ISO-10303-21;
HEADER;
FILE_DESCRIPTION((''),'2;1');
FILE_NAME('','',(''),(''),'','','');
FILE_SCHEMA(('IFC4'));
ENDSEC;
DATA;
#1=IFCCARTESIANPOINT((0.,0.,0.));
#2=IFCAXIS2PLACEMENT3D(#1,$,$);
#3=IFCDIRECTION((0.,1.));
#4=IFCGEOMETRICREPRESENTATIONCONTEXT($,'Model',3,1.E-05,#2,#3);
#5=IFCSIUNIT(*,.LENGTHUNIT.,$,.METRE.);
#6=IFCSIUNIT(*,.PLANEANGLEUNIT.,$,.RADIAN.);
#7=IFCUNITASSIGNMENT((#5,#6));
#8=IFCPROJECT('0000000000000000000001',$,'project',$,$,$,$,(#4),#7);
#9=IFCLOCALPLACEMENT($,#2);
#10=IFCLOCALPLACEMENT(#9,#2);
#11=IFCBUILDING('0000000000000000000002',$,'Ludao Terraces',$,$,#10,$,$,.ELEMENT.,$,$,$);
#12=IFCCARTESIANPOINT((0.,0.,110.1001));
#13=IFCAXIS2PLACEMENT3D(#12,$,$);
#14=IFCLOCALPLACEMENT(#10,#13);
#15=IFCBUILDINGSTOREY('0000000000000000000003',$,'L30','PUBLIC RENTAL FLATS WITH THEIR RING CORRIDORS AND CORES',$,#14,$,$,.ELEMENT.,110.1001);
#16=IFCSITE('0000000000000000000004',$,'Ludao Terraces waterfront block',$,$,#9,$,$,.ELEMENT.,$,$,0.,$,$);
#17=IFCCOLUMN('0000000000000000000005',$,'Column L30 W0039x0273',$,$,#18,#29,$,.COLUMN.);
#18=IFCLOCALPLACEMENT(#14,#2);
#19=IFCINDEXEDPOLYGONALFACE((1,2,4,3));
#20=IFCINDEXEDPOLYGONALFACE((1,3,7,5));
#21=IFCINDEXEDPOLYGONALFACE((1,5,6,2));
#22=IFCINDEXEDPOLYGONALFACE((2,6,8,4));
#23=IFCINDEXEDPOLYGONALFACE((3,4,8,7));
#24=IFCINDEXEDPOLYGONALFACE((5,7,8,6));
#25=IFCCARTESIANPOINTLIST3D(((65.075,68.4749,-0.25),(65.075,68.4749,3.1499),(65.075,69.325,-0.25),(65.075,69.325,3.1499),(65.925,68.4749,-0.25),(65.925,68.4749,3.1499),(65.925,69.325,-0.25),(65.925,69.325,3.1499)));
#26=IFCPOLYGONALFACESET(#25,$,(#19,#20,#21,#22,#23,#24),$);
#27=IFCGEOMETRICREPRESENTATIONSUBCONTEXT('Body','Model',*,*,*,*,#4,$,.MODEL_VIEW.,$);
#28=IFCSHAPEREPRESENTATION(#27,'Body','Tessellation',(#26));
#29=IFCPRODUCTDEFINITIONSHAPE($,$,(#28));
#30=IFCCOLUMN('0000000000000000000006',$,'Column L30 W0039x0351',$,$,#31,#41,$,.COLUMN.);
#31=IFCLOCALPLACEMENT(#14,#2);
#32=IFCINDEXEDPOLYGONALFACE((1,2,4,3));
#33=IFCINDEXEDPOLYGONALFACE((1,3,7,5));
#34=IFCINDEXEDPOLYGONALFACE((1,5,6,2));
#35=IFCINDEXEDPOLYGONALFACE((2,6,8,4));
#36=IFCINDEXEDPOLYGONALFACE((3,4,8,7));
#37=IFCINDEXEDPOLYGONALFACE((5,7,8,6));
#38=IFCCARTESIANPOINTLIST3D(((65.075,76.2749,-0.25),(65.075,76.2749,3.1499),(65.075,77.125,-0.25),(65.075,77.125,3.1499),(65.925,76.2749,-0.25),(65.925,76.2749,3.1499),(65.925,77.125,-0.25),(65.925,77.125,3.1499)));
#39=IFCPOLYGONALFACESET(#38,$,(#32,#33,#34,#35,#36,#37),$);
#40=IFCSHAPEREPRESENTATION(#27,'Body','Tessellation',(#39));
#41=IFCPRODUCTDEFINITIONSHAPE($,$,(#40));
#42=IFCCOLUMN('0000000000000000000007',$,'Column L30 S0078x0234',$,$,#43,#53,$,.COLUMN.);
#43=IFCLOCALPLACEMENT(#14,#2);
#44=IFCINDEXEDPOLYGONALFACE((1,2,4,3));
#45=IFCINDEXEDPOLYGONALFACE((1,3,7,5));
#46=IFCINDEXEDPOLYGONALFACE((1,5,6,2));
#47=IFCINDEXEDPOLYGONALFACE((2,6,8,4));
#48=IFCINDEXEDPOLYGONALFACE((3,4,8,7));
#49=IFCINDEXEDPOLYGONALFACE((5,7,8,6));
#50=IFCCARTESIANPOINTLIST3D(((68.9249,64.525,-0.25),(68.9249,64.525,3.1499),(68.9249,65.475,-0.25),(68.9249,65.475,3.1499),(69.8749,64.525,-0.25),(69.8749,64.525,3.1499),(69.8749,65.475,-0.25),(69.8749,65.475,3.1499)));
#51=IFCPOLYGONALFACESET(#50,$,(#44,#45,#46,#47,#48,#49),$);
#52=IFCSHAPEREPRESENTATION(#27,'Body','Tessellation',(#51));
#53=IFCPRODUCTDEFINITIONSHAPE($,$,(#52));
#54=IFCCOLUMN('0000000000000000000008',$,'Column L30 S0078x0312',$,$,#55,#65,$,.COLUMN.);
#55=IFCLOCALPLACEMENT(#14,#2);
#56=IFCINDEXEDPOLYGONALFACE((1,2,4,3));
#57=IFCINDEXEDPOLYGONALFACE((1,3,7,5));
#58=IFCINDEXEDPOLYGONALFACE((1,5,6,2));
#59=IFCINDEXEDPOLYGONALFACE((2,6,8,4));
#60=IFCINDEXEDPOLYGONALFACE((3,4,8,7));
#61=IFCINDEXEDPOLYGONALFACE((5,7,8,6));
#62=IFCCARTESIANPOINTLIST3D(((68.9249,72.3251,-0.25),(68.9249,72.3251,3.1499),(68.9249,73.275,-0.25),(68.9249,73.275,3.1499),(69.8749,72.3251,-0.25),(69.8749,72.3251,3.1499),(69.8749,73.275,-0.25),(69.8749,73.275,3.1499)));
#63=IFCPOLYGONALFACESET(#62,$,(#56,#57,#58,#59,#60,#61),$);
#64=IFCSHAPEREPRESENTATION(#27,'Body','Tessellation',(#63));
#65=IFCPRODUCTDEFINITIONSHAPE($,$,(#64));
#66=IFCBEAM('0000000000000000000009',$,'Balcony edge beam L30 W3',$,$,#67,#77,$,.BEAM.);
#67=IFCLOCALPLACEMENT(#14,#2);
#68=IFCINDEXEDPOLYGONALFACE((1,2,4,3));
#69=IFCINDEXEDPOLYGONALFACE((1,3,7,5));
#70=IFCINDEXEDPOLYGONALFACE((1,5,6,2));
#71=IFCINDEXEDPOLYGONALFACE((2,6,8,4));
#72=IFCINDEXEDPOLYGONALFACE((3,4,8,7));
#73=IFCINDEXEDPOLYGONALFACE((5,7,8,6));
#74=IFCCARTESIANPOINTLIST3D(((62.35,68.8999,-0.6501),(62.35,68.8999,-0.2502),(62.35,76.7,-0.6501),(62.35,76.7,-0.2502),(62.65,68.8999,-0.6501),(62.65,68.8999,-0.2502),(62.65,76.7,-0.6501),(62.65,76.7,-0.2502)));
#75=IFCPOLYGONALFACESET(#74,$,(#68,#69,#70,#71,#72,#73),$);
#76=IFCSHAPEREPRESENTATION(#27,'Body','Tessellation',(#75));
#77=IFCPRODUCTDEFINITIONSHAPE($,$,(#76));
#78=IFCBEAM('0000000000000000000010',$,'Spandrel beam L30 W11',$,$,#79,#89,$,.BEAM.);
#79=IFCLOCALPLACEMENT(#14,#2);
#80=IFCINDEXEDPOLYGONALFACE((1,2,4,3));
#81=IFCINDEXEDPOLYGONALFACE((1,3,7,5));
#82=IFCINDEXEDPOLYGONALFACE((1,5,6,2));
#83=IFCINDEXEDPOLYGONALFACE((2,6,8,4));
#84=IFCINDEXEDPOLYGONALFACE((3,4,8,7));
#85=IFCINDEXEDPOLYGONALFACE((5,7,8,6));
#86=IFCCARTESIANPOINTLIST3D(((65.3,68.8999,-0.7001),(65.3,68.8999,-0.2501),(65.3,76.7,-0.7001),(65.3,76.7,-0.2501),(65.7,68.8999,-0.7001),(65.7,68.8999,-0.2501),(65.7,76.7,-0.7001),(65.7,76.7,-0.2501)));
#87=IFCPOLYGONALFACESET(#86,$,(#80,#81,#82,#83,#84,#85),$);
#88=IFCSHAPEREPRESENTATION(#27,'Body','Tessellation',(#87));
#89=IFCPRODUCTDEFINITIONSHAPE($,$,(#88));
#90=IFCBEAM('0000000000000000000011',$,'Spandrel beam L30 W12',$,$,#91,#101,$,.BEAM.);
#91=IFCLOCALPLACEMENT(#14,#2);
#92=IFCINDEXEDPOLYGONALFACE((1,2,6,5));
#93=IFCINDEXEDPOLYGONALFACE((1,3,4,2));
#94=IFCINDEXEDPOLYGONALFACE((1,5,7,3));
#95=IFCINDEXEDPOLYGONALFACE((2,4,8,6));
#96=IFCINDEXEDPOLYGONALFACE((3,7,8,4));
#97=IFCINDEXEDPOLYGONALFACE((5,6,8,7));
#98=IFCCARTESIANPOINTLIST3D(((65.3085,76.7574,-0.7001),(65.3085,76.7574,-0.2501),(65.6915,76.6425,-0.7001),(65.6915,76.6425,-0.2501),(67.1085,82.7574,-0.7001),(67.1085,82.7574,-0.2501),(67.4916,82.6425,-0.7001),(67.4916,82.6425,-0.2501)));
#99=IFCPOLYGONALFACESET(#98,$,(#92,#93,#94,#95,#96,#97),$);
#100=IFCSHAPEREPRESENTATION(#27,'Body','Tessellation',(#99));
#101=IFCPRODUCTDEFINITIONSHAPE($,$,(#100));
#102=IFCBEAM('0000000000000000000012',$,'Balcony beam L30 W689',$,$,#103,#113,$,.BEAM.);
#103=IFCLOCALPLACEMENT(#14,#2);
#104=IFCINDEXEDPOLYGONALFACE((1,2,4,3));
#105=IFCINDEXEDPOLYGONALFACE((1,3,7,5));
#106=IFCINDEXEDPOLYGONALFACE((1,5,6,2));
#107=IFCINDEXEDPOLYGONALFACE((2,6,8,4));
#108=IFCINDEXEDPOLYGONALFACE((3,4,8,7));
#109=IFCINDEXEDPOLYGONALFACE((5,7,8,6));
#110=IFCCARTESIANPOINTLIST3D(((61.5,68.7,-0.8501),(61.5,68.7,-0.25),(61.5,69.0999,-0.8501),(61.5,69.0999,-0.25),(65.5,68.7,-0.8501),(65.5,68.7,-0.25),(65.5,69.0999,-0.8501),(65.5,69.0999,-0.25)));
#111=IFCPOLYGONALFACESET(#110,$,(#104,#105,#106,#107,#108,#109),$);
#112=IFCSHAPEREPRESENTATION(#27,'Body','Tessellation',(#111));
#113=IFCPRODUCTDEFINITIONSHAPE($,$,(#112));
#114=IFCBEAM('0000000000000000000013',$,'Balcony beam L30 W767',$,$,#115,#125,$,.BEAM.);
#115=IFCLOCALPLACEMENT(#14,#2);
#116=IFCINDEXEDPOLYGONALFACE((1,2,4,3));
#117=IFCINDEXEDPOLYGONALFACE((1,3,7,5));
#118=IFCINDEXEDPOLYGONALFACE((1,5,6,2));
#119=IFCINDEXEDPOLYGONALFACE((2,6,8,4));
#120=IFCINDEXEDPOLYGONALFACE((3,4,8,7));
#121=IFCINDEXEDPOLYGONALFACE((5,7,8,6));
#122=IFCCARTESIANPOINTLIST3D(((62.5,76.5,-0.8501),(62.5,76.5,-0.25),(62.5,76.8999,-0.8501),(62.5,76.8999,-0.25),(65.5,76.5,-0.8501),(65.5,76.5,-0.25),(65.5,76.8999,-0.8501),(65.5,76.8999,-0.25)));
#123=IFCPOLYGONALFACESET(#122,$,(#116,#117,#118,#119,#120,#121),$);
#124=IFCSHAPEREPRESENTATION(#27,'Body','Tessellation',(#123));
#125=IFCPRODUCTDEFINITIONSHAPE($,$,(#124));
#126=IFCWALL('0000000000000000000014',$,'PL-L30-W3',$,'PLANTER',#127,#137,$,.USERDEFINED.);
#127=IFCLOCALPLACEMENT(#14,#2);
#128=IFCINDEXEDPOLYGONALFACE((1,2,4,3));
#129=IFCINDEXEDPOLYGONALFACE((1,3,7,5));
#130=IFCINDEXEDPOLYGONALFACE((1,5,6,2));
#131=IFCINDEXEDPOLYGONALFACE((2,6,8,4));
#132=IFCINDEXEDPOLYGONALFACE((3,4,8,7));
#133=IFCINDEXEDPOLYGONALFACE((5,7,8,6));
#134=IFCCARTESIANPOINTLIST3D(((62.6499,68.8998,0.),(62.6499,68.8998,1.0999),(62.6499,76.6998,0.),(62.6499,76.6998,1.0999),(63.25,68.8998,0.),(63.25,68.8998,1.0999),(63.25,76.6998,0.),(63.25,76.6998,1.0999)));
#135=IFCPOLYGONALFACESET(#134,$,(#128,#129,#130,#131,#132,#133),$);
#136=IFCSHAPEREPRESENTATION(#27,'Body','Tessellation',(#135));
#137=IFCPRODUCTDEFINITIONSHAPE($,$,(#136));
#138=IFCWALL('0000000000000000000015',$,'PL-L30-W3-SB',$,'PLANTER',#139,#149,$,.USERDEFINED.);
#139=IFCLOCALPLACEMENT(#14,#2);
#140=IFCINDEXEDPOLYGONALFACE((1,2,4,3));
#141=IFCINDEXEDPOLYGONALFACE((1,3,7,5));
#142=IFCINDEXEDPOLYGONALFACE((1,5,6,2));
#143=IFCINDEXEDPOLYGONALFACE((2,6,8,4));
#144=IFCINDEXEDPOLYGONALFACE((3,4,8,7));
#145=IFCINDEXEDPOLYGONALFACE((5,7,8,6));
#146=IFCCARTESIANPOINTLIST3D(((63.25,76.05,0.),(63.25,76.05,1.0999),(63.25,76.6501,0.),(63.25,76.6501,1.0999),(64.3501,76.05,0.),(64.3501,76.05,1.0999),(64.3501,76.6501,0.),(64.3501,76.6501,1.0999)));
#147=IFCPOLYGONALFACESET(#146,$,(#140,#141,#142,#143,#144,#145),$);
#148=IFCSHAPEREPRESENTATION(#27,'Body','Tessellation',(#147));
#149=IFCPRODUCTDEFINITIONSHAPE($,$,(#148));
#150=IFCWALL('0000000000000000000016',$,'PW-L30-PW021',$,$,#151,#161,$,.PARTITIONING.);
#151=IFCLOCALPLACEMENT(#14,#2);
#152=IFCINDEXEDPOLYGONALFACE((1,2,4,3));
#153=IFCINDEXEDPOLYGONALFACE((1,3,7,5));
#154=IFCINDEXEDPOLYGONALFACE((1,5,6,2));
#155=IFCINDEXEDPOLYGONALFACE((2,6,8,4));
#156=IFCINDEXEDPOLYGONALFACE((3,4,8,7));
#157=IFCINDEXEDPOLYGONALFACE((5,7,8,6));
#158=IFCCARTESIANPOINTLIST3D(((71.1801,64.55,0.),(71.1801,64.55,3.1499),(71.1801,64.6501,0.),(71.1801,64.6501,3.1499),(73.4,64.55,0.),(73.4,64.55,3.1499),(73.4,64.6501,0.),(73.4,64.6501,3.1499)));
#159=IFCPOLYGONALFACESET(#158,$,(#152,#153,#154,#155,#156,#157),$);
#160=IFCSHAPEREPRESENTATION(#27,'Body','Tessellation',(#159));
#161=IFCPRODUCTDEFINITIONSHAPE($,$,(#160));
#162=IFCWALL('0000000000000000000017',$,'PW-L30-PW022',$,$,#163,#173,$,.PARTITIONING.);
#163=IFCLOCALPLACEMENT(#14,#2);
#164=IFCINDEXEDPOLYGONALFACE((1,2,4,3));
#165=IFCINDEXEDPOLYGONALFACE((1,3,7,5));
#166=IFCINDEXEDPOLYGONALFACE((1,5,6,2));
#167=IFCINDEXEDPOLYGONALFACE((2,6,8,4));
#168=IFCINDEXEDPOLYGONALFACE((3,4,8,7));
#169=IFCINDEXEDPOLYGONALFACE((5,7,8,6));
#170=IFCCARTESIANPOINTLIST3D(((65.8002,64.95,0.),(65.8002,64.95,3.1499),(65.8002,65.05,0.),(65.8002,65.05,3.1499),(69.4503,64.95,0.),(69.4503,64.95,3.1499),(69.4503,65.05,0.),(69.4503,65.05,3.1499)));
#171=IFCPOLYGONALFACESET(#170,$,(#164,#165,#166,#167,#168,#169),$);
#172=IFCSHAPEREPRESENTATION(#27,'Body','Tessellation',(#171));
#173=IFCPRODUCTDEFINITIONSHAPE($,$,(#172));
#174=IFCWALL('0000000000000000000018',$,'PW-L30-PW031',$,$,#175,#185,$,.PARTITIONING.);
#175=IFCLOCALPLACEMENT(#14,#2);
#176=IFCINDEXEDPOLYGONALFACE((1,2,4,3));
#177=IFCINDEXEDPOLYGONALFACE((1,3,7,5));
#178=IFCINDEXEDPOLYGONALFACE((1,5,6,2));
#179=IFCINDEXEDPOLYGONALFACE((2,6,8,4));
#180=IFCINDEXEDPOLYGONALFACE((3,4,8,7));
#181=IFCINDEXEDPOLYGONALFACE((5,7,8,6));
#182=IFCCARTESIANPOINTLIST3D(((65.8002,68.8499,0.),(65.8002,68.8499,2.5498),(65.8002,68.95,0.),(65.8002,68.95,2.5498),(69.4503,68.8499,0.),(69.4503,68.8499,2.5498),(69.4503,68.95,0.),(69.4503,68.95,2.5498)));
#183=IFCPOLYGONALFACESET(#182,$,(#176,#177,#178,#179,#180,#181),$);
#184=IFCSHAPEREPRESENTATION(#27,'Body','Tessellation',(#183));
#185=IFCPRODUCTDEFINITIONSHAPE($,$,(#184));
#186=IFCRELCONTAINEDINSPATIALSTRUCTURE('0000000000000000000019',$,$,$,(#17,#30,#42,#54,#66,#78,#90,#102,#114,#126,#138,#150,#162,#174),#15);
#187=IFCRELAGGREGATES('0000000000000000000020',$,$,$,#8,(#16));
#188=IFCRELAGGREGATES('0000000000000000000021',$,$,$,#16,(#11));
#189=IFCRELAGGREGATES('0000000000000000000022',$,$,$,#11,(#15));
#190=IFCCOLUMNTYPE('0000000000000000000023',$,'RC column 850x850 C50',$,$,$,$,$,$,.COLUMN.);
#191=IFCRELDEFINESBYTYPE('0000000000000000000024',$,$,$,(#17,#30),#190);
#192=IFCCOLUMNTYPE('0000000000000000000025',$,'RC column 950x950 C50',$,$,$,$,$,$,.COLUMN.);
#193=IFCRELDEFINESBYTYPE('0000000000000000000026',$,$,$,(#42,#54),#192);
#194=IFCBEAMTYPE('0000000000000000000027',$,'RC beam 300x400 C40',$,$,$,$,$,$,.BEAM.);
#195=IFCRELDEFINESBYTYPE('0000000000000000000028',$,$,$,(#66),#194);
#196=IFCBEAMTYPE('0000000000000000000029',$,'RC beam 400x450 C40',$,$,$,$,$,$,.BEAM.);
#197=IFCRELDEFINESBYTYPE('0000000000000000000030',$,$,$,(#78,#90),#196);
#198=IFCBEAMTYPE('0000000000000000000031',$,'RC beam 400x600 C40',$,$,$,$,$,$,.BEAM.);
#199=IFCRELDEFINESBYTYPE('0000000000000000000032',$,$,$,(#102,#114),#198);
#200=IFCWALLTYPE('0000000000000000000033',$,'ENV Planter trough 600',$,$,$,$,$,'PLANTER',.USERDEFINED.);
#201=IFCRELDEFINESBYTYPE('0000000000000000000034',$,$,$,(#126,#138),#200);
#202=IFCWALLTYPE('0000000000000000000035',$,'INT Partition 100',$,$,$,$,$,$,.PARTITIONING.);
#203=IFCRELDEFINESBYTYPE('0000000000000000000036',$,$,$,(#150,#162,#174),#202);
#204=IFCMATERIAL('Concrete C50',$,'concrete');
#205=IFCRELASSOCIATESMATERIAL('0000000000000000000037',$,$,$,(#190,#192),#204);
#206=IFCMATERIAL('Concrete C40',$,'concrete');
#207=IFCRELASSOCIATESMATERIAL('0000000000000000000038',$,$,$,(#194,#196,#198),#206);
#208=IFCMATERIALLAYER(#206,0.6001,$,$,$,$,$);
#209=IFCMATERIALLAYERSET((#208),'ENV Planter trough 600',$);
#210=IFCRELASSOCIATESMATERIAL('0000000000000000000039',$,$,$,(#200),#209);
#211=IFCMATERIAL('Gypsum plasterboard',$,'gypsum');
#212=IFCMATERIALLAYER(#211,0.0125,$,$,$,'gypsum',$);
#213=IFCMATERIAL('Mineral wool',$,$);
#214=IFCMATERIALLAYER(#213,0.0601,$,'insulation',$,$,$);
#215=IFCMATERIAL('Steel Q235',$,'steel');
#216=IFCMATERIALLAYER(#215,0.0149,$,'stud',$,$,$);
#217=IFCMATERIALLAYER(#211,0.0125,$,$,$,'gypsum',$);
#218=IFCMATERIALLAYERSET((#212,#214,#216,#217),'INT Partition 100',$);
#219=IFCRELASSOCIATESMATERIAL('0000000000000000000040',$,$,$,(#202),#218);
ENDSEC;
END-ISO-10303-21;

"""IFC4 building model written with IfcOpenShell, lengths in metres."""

from ifc_helpers import new_model, si_unit, direction, frame, frame_2d, origin, origin_2d, place, context, subcontext, project, spatial, rectangle, extrude, material, layer, layer_set, material_profile, profile_set, type_object, element, save


model = new_model("IFC4")

# Units and contexts
model_context = context("Model", 3, precision=1e-05, world=origin(), true_north=direction((0.0, 1.0)))
body_context = subcontext(model_context, "Body", "Model", "MODEL_VIEW")
ifc_project = project(units=[si_unit("LENGTHUNIT", "METRE"), si_unit("PLANEANGLEUNIT", "RADIAN")], contexts=[model_context])

# Site, building, storey
site_placement = place(None, origin())
site = spatial("IfcSite", under=ifc_project, at=site_placement, Name="Ludao Terraces waterfront block", CompositionType="ELEMENT", RefElevation=0.0)
building_placement = place(site_placement, origin())
building = spatial("IfcBuilding", under=site, at=building_placement, Name="Ludao Terraces", CompositionType="ELEMENT")
storey_placement = place(building_placement, frame((0.0, 0.0, 110.1001)))
storey = spatial("IfcBuildingStorey", under=building, at=storey_placement, Name="L30", Description="PUBLIC RENTAL FLATS WITH THEIR RING CORRIDORS AND CORES", CompositionType="ELEMENT", Elevation=110.1001)

# Columns
ifc_material_1 = material(Name="Concrete C50", Category="concrete")
ifc_material_profile_1 = material_profile(ifc_material_1, rectangle(XDim=0.8501, YDim=0.8501, at=origin_2d()), Name="850 X 850")
ifc_profile_set_1 = profile_set([ifc_material_profile_1], Name="Concrete C50")
column_type_1 = type_object("IfcColumnType", Name="RC column 850x850 C50", PredefinedType="COLUMN", material=ifc_profile_set_1)
for number, where, z_axis, x_axis, name in (
    (1, (65.5, 68.8999, -0.25), (0.0, 0.0, 1.0), (1.0, 0.0, 0.0), "Column L30 W0039x0273"),
    (2, (65.5, 76.7, -0.25), (0.0, 0.0, 1.0), (1.0, 0.0, 0.0), "Column L30 W0039x0351"),
):
    element("IfcColumn", number, at=place(storey_placement, frame(where, z_axis=z_axis, x_axis=x_axis)), inside=storey, type_object=column_type_1, Name=name, PredefinedType="COLUMN", context=body_context, shape_type="SweptSolid", body=[
        extrude(rectangle(XDim=0.8501, YDim=0.8501, at=origin_2d()), origin(), (0.0, 0.0, 1.0), 3.3999),
    ])
ifc_material_profile_2 = material_profile(ifc_material_1, rectangle(XDim=0.95, YDim=0.95, at=origin_2d()), Name="950 X 950")
ifc_profile_set_2 = profile_set([ifc_material_profile_2], Name="Concrete C50")
column_type_2 = type_object("IfcColumnType", Name="RC column 950x950 C50", PredefinedType="COLUMN", material=ifc_profile_set_2)
for number, where, z_axis, x_axis, name in (
    (3, (69.3999, 65.0, -0.25), (0.0, 0.0, 1.0), (1.0, 0.0, 0.0), "Column L30 S0078x0234"),
    (4, (69.3999, 72.8, -0.25), (0.0, 0.0, 1.0), (1.0, 0.0, 0.0), "Column L30 S0078x0312"),
):
    element("IfcColumn", number, at=place(storey_placement, frame(where, z_axis=z_axis, x_axis=x_axis)), inside=storey, type_object=column_type_2, Name=name, PredefinedType="COLUMN", context=body_context, shape_type="SweptSolid", body=[
        extrude(rectangle(XDim=0.95, YDim=0.95, at=origin_2d()), origin(), (0.0, 0.0, 1.0), 3.3999),
    ])

# Beams
ifc_material_2 = material(Name="Concrete C40", Category="concrete")
ifc_material_profile_3 = material_profile(ifc_material_2, rectangle(XDim=0.3, YDim=0.3999, at=origin_2d()), Name="300 X 400")
ifc_profile_set_3 = profile_set([ifc_material_profile_3], Name="Concrete C40")
beam_type_1 = type_object("IfcBeamType", Name="RC beam 300x400 C40", PredefinedType="BEAM", material=ifc_profile_set_3)
beam_1_placement = place(storey_placement, frame((62.5, 68.8999, -0.4502), z_axis=(0.0, 1.0, 0.0), x_axis=(-1.0, 0.0, 0.0)))
element("IfcBeam", 5, at=beam_1_placement, inside=storey, type_object=beam_type_1, Name="Balcony edge beam L30 W3", PredefinedType="BEAM", context=body_context, shape_type="SweptSolid", body=[
    extrude(rectangle(XDim=0.3, YDim=0.3999, at=origin_2d()), origin(), (0.0, 0.0, 1.0), 7.8),
])
ifc_material_profile_4 = material_profile(ifc_material_2, rectangle(XDim=0.3999, YDim=0.45, at=origin_2d()), Name="400 X 450")
ifc_profile_set_4 = profile_set([ifc_material_profile_4], Name="Concrete C40")
beam_type_2 = type_object("IfcBeamType", Name="RC beam 400x450 C40", PredefinedType="BEAM", material=ifc_profile_set_4)
beam_2_placement = place(storey_placement, frame((65.5, 68.8999, -0.4751), z_axis=(0.0, 1.0, 0.0), x_axis=(-1.0, 0.0, 0.0)))
element("IfcBeam", 6, at=beam_2_placement, inside=storey, type_object=beam_type_2, Name="Spandrel beam L30 W11", PredefinedType="BEAM", context=body_context, shape_type="SweptSolid", body=[
    extrude(rectangle(XDim=0.3999, YDim=0.45, at=origin_2d()), origin(), (0.0, 0.0, 1.0), 7.8),
])
beam_3_placement = place(storey_placement, frame((65.5, 76.7, -0.4751), z_axis=(0.287355, 0.957824, 0.0), x_axis=(-0.957824, 0.287355, 0.0)))
element("IfcBeam", 7, at=beam_3_placement, inside=storey, type_object=beam_type_2, Name="Spandrel beam L30 W12", PredefinedType="BEAM", context=body_context, shape_type="SweptSolid", body=[
    extrude(rectangle(XDim=0.3999, YDim=0.45, at=origin_2d()), origin(), (0.0, 0.0, 1.0), 6.2642),
])
ifc_material_profile_5 = material_profile(ifc_material_2, rectangle(XDim=0.3999, YDim=0.6001, at=origin_2d()), Name="400 X 600")
ifc_profile_set_5 = profile_set([ifc_material_profile_5], Name="Concrete C40")
beam_type_3 = type_object("IfcBeamType", Name="RC beam 400x600 C40", PredefinedType="BEAM", material=ifc_profile_set_5)
beam_4_placement = place(storey_placement, frame((65.5, 68.8999, -0.55), z_axis=(-1.0, 0.0, 0.0), x_axis=(0.0, -1.0, 0.0)))
element("IfcBeam", 8, at=beam_4_placement, inside=storey, type_object=beam_type_3, Name="Balcony beam L30 W689", PredefinedType="BEAM", context=body_context, shape_type="SweptSolid", body=[
    extrude(rectangle(XDim=0.3999, YDim=0.6001, at=origin_2d()), origin(), (0.0, 0.0, 1.0), 4.0),
])
beam_5_placement = place(storey_placement, frame((65.5, 76.7, -0.55), z_axis=(-1.0, 0.0, 0.0), x_axis=(0.0, -1.0, 0.0)))
element("IfcBeam", 9, at=beam_5_placement, inside=storey, type_object=beam_type_3, Name="Balcony beam L30 W767", PredefinedType="BEAM", context=body_context, shape_type="SweptSolid", body=[
    extrude(rectangle(XDim=0.3999, YDim=0.6001, at=origin_2d()), origin(), (0.0, 0.0, 1.0), 3.0),
])

# Walls
ifc_layer_1 = layer(ifc_material_2, 0.6001)
ifc_layer_set_1 = layer_set([ifc_layer_1], Name="ENV Planter trough 600")
wall_type_1 = type_object("IfcWallType", Name="ENV Planter trough 600", ElementType="PLANTER", PredefinedType="USERDEFINED", material=ifc_layer_set_1)
wall_1_placement = place(storey_placement, frame((62.95, 68.8999, 0.0), z_axis=(0.0, 0.0, 1.0), x_axis=(0.0, 1.0, 0.0)))
element("IfcWall", 10, at=wall_1_placement, inside=storey, type_object=wall_type_1, Name="PL-L30-W3", ObjectType="PLANTER", PredefinedType="USERDEFINED", context=body_context, shape_type="SweptSolid", body=[
    extrude(rectangle(XDim=7.8, YDim=0.6001, at=frame_2d((3.8999, 0.0))), origin(), (0.0, 0.0, 1.0), 1.0999),
])
wall_2_placement = place(storey_placement, frame((63.25, 76.3501, 0.0), z_axis=(0.0, 0.0, 1.0), x_axis=(1.0, 0.0, 0.0)))
element("IfcWall", 11, at=wall_2_placement, inside=storey, type_object=wall_type_1, Name="PL-L30-W3-SB", ObjectType="PLANTER", PredefinedType="USERDEFINED", context=body_context, shape_type="SweptSolid", body=[
    extrude(rectangle(XDim=1.1001, YDim=0.6001, at=frame_2d((0.55, 0.0))), origin(), (0.0, 0.0, 1.0), 1.0999),
])

# Shared definitions
ifc_material_3 = material(Name="Mineral wool")

# Walls
ifc_material_4 = material(Name="Gypsum plasterboard", Category="gypsum")
ifc_layer_2 = layer(ifc_material_4, 0.0125, Category="gypsum")
ifc_layer_3 = layer(ifc_material_3, 0.0601, Name="insulation")
ifc_material_5 = material(Name="Steel Q235", Category="steel")
ifc_layer_4 = layer(ifc_material_5, 0.0149, Name="stud")
ifc_layer_5 = layer(ifc_material_4, 0.0125, Category="gypsum")
ifc_layer_set_2 = layer_set([ifc_layer_2, ifc_layer_3, ifc_layer_4, ifc_layer_5], Name="INT Partition 100")
wall_type_2 = type_object("IfcWallType", Name="INT Partition 100", PredefinedType="PARTITIONING", material=ifc_layer_set_2)
wall_3_placement = place(storey_placement, frame((71.1802, 64.6001, 0.0), z_axis=(0.0, 0.0, 1.0), x_axis=(1.0, 0.0, 0.0)))
element("IfcWall", 12, at=wall_3_placement, inside=storey, type_object=wall_type_2, Name="PW-L30-PW021", PredefinedType="PARTITIONING", context=body_context, shape_type="SweptSolid", body=[
    extrude(rectangle(XDim=2.22, YDim=0.1001, at=frame_2d((1.1099, 0.0))), origin(), (0.0, 0.0, 1.0), 3.1499),
])
wall_4_placement = place(storey_placement, frame((65.8, 65.0, 0.0), z_axis=(0.0, 0.0, 1.0), x_axis=(1.0, 0.0, 0.0)))
element("IfcWall", 13, at=wall_4_placement, inside=storey, type_object=wall_type_2, Name="PW-L30-PW022", PredefinedType="PARTITIONING", context=body_context, shape_type="SweptSolid", body=[
    extrude(rectangle(XDim=3.6501, YDim=0.1001, at=frame_2d((1.8252, 0.0))), origin(), (0.0, 0.0, 1.0), 3.1499),
])
wall_5_placement = place(storey_placement, frame((65.8, 68.8999, 0.0), z_axis=(0.0, 0.0, 1.0), x_axis=(1.0, 0.0, 0.0)))
element("IfcWall", 14, at=wall_5_placement, inside=storey, type_object=wall_type_2, Name="PW-L30-PW031", PredefinedType="PARTITIONING", context=body_context, shape_type="SweptSolid", body=[
    extrude(rectangle(XDim=3.6501, YDim=0.1001, at=frame_2d((1.8252, 0.0))), origin(), (0.0, 0.0, 1.0), 2.5498),
])

save(model, "model.ifc")
